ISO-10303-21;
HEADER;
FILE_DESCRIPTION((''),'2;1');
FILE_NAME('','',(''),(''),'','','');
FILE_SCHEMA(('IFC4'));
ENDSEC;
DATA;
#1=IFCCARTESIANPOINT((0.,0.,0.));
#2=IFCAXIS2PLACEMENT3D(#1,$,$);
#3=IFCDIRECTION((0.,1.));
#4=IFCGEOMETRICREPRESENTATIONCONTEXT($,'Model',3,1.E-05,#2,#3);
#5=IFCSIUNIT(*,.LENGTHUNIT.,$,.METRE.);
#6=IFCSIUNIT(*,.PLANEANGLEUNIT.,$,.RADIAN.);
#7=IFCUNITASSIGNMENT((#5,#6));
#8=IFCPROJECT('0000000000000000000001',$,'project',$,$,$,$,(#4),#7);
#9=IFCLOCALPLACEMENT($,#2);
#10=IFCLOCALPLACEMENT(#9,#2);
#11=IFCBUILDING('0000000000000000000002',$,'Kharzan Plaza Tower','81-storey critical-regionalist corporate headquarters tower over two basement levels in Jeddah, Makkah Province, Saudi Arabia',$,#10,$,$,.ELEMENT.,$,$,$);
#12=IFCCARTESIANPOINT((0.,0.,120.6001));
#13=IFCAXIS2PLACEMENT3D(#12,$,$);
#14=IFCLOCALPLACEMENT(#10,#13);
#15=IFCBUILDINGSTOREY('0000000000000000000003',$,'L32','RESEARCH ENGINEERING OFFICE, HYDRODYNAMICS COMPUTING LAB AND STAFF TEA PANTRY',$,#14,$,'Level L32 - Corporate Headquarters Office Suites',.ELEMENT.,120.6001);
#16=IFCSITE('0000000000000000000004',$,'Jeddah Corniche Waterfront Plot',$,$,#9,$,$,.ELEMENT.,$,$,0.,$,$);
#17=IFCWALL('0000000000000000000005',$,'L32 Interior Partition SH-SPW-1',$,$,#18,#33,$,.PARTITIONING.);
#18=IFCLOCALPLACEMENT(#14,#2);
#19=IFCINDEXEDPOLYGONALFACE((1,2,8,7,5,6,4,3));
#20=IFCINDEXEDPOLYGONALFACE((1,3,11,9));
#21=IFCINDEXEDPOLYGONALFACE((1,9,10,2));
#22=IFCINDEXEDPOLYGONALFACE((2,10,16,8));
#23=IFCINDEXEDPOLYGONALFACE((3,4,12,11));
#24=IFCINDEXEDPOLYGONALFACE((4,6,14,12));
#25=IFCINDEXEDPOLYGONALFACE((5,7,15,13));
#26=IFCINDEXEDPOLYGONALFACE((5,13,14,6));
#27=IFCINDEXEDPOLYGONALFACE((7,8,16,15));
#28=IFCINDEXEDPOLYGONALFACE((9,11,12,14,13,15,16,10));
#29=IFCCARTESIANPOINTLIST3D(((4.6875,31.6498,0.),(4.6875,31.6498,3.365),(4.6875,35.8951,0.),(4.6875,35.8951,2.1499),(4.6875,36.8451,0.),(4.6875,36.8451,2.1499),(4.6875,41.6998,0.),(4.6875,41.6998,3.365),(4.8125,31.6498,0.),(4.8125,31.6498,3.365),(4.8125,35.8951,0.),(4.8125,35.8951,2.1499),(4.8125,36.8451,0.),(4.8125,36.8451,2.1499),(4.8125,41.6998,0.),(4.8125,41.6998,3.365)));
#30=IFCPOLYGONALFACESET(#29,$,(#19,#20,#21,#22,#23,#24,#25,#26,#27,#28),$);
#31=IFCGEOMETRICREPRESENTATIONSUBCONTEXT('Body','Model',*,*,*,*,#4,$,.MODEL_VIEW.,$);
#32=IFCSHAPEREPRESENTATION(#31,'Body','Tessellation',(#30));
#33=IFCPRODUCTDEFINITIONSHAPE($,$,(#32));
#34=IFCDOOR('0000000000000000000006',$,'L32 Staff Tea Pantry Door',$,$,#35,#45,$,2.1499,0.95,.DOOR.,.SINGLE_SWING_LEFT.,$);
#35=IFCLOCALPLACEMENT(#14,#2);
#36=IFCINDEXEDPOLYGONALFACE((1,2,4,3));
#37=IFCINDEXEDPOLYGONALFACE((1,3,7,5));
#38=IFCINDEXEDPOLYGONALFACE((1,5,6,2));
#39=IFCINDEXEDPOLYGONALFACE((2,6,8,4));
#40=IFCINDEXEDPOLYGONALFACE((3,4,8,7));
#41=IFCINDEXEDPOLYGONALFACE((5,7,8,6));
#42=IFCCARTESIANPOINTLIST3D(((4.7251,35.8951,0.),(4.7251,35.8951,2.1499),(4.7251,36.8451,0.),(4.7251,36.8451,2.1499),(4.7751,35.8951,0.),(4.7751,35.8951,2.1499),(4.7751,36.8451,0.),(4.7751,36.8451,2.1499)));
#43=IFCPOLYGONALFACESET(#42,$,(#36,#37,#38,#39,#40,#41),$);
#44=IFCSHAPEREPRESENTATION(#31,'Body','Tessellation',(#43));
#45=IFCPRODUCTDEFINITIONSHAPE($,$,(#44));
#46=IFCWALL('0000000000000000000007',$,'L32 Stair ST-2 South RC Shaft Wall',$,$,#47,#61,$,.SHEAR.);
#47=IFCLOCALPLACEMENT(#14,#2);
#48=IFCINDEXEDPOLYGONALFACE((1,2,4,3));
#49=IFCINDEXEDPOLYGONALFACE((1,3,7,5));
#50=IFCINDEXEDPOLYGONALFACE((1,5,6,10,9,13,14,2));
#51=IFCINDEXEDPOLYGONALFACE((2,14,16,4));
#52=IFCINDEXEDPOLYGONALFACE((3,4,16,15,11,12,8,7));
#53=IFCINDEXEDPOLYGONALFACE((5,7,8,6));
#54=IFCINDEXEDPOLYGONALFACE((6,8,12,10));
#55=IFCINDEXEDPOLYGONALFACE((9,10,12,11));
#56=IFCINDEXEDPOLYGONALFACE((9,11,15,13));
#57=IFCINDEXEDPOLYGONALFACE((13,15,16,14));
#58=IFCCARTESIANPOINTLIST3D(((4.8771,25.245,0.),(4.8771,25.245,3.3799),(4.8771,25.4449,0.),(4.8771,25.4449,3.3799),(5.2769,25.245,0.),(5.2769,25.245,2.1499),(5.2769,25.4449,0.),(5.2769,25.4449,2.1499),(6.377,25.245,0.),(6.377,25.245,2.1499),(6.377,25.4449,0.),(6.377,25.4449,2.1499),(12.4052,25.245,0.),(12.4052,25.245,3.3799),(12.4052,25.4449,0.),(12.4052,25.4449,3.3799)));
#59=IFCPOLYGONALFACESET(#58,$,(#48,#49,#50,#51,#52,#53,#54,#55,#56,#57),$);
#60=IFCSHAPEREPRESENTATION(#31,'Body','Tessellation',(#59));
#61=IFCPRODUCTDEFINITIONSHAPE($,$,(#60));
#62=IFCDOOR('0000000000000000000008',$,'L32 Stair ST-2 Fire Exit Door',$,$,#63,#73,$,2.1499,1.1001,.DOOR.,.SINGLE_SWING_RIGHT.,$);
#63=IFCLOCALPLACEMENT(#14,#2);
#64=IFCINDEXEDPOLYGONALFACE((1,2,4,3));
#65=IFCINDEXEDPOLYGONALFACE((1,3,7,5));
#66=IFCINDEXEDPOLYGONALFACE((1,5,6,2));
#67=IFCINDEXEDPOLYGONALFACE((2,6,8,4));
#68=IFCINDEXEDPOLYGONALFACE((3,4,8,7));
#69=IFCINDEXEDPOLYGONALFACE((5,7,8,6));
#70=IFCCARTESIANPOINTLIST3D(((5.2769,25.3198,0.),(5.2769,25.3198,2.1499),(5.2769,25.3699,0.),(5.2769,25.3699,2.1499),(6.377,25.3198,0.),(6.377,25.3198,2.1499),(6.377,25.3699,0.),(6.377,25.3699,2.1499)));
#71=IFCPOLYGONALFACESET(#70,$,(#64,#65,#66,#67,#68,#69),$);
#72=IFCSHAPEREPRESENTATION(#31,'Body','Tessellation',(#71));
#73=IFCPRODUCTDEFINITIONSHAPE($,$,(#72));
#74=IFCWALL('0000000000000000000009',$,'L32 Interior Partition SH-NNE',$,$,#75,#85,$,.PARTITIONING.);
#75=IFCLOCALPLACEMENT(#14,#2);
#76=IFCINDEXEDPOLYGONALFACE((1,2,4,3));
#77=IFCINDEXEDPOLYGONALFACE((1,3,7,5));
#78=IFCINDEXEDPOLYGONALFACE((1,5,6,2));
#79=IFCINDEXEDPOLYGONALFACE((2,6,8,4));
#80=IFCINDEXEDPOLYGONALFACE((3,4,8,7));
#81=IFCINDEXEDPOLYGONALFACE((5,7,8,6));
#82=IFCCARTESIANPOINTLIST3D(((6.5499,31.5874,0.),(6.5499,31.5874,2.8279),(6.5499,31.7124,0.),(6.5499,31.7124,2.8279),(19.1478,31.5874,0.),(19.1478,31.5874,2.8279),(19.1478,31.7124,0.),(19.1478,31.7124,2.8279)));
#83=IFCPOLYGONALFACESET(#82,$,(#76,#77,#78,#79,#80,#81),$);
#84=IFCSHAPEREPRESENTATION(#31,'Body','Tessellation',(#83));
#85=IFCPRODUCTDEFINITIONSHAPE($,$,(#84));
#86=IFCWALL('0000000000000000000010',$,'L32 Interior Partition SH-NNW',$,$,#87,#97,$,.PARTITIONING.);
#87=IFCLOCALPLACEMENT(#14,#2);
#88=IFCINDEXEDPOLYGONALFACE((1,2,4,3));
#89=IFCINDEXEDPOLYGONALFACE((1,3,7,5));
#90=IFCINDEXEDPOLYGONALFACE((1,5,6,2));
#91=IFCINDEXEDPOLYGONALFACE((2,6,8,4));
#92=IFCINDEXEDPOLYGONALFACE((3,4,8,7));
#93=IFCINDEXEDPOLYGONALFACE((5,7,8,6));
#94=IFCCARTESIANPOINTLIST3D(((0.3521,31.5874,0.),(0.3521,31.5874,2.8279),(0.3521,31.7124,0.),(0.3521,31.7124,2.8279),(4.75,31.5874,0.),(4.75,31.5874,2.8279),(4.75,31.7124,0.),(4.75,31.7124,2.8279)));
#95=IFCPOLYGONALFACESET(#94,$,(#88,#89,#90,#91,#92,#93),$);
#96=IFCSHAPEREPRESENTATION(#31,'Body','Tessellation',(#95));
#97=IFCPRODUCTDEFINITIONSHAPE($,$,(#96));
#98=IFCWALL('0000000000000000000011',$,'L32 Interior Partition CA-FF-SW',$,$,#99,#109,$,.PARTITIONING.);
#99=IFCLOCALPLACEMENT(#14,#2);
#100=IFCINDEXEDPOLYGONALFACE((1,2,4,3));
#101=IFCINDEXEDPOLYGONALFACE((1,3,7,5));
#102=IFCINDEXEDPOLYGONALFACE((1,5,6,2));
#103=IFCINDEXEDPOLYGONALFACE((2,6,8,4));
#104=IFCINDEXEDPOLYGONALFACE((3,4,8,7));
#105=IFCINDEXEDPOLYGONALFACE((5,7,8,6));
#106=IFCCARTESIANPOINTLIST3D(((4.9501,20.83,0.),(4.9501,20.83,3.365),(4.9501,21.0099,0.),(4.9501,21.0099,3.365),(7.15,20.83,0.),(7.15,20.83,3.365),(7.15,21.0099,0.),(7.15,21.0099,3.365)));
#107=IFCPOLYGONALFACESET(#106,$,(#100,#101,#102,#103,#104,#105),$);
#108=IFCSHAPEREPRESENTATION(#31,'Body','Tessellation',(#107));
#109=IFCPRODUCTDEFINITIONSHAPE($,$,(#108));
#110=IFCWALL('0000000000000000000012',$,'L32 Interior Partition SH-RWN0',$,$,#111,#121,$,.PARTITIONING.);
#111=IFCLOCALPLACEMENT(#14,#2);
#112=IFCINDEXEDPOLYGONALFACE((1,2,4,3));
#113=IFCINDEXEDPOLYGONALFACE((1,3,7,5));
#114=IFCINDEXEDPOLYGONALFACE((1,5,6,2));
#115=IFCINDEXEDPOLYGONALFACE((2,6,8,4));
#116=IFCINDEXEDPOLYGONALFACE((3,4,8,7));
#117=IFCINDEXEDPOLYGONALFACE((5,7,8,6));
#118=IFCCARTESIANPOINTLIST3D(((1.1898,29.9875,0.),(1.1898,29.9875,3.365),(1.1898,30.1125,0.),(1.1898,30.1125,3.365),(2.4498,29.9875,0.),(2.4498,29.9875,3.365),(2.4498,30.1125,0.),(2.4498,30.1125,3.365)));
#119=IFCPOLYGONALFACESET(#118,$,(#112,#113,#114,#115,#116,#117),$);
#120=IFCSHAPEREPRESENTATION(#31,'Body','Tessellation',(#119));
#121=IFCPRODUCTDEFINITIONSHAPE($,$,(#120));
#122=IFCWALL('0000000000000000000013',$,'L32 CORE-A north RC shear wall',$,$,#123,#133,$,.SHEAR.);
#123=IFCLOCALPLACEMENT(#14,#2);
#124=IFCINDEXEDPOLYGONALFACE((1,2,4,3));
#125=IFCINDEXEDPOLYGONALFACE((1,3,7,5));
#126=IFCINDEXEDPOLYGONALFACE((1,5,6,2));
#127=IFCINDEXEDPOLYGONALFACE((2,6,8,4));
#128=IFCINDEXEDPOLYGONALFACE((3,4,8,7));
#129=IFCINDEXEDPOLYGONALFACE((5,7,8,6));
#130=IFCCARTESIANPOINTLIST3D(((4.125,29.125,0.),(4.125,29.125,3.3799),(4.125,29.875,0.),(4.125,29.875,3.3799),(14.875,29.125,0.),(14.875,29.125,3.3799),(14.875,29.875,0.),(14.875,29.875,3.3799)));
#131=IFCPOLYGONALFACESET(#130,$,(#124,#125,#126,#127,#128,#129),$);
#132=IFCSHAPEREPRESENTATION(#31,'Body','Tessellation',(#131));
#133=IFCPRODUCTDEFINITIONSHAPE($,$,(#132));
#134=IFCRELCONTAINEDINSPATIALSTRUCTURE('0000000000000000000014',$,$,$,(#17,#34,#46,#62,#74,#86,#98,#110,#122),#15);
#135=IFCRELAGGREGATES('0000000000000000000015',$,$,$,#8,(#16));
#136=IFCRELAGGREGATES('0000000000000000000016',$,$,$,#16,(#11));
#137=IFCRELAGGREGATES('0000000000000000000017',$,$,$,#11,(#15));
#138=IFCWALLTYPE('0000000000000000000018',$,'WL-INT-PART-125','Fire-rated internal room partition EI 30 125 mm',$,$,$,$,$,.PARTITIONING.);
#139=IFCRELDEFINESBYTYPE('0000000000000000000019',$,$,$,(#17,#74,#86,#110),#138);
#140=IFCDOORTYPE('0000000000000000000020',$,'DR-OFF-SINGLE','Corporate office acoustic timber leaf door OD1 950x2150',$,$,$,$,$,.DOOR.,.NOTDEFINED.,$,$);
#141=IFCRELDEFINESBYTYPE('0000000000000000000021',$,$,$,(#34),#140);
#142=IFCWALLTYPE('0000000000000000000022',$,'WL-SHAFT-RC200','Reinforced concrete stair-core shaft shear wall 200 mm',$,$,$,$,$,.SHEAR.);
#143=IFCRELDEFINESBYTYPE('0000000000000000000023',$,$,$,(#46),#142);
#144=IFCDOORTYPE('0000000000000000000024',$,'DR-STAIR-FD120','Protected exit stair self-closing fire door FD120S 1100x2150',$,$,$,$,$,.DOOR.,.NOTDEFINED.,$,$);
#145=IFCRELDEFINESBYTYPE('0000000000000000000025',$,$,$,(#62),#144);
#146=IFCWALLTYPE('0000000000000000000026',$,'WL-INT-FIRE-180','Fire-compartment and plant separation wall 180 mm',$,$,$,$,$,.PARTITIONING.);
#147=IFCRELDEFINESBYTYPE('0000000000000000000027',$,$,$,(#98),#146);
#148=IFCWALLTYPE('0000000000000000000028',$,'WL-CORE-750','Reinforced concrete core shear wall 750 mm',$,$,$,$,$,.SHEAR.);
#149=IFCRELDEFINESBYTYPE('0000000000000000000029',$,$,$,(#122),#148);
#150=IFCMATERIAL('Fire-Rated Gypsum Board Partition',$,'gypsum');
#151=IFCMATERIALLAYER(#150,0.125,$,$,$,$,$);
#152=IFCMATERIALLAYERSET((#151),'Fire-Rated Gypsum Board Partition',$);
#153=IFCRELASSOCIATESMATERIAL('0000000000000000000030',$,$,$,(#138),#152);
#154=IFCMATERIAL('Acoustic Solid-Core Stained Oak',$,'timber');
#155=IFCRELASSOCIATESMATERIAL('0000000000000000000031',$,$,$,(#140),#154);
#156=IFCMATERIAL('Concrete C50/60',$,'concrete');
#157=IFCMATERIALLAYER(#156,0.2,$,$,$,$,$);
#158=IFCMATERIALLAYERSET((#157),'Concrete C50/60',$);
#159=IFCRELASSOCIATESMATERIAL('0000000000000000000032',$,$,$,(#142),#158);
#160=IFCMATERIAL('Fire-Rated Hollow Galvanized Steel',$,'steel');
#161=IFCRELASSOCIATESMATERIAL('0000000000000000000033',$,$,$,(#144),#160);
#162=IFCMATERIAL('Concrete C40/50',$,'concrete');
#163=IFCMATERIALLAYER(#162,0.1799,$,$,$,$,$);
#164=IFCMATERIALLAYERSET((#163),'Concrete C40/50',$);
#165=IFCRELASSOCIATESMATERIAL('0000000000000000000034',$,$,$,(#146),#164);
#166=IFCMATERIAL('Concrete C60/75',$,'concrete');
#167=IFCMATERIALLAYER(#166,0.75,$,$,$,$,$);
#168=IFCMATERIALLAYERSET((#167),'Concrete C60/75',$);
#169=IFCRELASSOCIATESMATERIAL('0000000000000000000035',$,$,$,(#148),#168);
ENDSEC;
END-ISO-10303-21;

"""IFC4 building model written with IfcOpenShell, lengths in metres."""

from ifc_helpers import new_model, si_unit, direction, frame, frame_2d, origin, place, context, subcontext, project, spatial, rectangle, extrude, source, transform, mapped, material, layer, layer_set, type_object, element, fill, save


model = new_model("IFC4")

# Units and contexts
model_context = context("Model", 3, precision=1e-05, world=origin(), true_north=direction((0.0, 1.0)))
body_context = subcontext(model_context, "Body", "Model", "MODEL_VIEW")
ifc_project = project(units=[si_unit("LENGTHUNIT", "METRE"), si_unit("PLANEANGLEUNIT", "RADIAN")], contexts=[model_context])

# Site, building, storey
site_placement = place(None, origin())
site = spatial("IfcSite", under=ifc_project, at=site_placement, Name="Jeddah Corniche Waterfront Plot", CompositionType="ELEMENT", RefElevation=0.0)
building_placement = place(site_placement, origin())
building = spatial("IfcBuilding", under=site, at=building_placement, Name="Kharzan Plaza Tower", Description="81-storey critical-regionalist corporate headquarters tower over two basement levels in Jeddah, Makkah Province, Saudi Arabia", CompositionType="ELEMENT")
storey_placement = place(building_placement, frame((0.0, 0.0, 120.6001)))
storey = spatial("IfcBuildingStorey", under=building, at=storey_placement, Name="L32", Description="RESEARCH ENGINEERING OFFICE, HYDRODYNAMICS COMPUTING LAB AND STAFF TEA PANTRY", LongName="Level L32 - Corporate Headquarters Office Suites", CompositionType="ELEMENT", Elevation=120.6001)

# Shared definitions
ifc_material_1 = material(Name="Concrete C60/75", Category="concrete")

# Shared definitions
ifc_material_2 = material(Name="Concrete C40/50", Category="concrete")

# Walls, openings, doors
ifc_material_3 = material(Name="Fire-Rated Gypsum Board Partition", Category="gypsum")
ifc_layer_1 = layer(ifc_material_3, 0.125)
ifc_layer_set_1 = layer_set([ifc_layer_1], Name="Fire-Rated Gypsum Board Partition")
wall_type_1 = type_object("IfcWallType", Name="WL-INT-PART-125", Description="Fire-rated internal room partition EI 30 125 mm", PredefinedType="PARTITIONING", material=ifc_layer_set_1)
ifc_material_4 = material(Name="Acoustic Solid-Core Stained Oak", Category="timber")
door_type_1 = type_object("IfcDoorType", Name="DR-OFF-SINGLE", Description="Corporate office acoustic timber leaf door OD1 950x2150", OperationType="NOTDEFINED", PredefinedType="DOOR", material=ifc_material_4)
shared_shape_1 = source(origin(), body_context, "Body", "SweptSolid", [
    extrude(rectangle(XDim=0.95, YDim=2.1499, at=frame_2d((0.4751, 1.075))), frame((0.0, 0.0249, 0.0), z_axis=(0.0, -1.0, 0.0), x_axis=(1.0, 0.0, 0.0)), (0.0, 0.0, 1.0), 0.05),
])
wall_1_placement = place(storey_placement, frame((4.75, 31.6499, 0.0), z_axis=(0.0, 0.0, 1.0), x_axis=(0.0, 1.0, 0.0)))
wall_1 = element("IfcWall", 1, at=wall_1_placement, inside=storey, type_object=wall_type_1, Name="L32 Interior Partition SH-SPW-1", PredefinedType="PARTITIONING", context=body_context, shape_type="SweptSolid", body=[
    extrude(rectangle(XDim=10.05, YDim=0.125, at=frame_2d((5.0249, 0.0))), origin(), (0.0, 0.0, 1.0), 3.365),
])
opening_1_placement = place(wall_1_placement, frame((4.2451, 0.0, 0.0)))
opening_1 = element("IfcOpeningElement", 2, at=opening_1_placement, cuts=wall_1, PredefinedType="OPENING", context=body_context, shape_type="SweptSolid", body=[
    extrude(rectangle(XDim=0.95, YDim=2.1499, at=frame_2d((0.4751, 1.075))), frame((0.0, 0.0725, 0.0), z_axis=(0.0, -1.0, 0.0), x_axis=(1.0, 0.0, 0.0)), (0.0, 0.0, 1.0), 0.145),
])
door_1_placement = place(opening_1_placement, origin())
door_1 = element("IfcDoor", 3, at=door_1_placement, inside=storey, type_object=door_type_1, Name="L32 Staff Tea Pantry Door", OperationType="SINGLE_SWING_LEFT", OverallHeight=2.1499, OverallWidth=0.95, PredefinedType="DOOR", context=body_context, shape_type="MappedRepresentation", body=[
    mapped(shared_shape_1, transform((0.0, 0.0, 0.0), x_axis=(1.0, 0.0, 0.0), y_axis=(0.0, 1.0, 0.0), z_axis=(0.0, 0.0, 1.0))),
])
fill(opening_1, door_1)
ifc_material_5 = material(Name="Concrete C50/60", Category="concrete")
ifc_layer_2 = layer(ifc_material_5, 0.2)
ifc_layer_set_2 = layer_set([ifc_layer_2], Name="Concrete C50/60")
wall_type_2 = type_object("IfcWallType", Name="WL-SHAFT-RC200", Description="Reinforced concrete stair-core shaft shear wall 200 mm", PredefinedType="SHEAR", material=ifc_layer_set_2)
wall_2_placement = place(storey_placement, frame((4.877, 25.345, 0.0), z_axis=(0.0, 0.0, 1.0), x_axis=(1.0, 0.0, 0.0)))
wall_2 = element("IfcWall", 4, at=wall_2_placement, inside=storey, type_object=wall_type_2, Name="L32 Stair ST-2 South RC Shaft Wall", PredefinedType="SHEAR", context=body_context, shape_type="SweptSolid", body=[
    extrude(rectangle(XDim=7.5281, YDim=0.2, at=frame_2d((3.7642, 0.0))), origin(), (0.0, 0.0, 1.0), 3.3799),
])
opening_2_placement = place(wall_2_placement, frame((0.3999, 0.0, 0.0)))
opening_2 = element("IfcOpeningElement", 5, at=opening_2_placement, cuts=wall_2, PredefinedType="OPENING", context=body_context, shape_type="SweptSolid", body=[
    extrude(rectangle(XDim=1.1001, YDim=2.1499, at=frame_2d((0.55, 1.075))), frame((0.0, 0.1099, 0.0), z_axis=(0.0, -1.0, 0.0), x_axis=(1.0, 0.0, 0.0)), (0.0, 0.0, 1.0), 0.22),
])
ifc_material_6 = material(Name="Fire-Rated Hollow Galvanized Steel", Category="steel")
door_type_2 = type_object("IfcDoorType", Name="DR-STAIR-FD120", Description="Protected exit stair self-closing fire door FD120S 1100x2150", OperationType="NOTDEFINED", PredefinedType="DOOR", material=ifc_material_6)
shared_shape_2 = source(origin(), body_context, "Body", "SweptSolid", [
    extrude(rectangle(XDim=1.1001, YDim=2.1499, at=frame_2d((0.55, 1.075))), frame((0.0, 0.0249, 0.0), z_axis=(0.0, -1.0, 0.0), x_axis=(1.0, 0.0, 0.0)), (0.0, 0.0, 1.0), 0.05),
])
door_2_placement = place(opening_2_placement, origin())
door_2 = element("IfcDoor", 6, at=door_2_placement, inside=storey, type_object=door_type_2, Name="L32 Stair ST-2 Fire Exit Door", OperationType="SINGLE_SWING_RIGHT", OverallHeight=2.1499, OverallWidth=1.1001, PredefinedType="DOOR", context=body_context, shape_type="MappedRepresentation", body=[
    mapped(shared_shape_2, transform((0.0, 0.0, 0.0), x_axis=(1.0, 0.0, 0.0), y_axis=(0.0, 1.0, 0.0), z_axis=(0.0, 0.0, 1.0))),
])
fill(opening_2, door_2)

# Walls
shared_shape_3 = source(origin(), body_context, "Body", "SweptSolid", [
    extrude(rectangle(XDim=12.5979, YDim=0.125, at=frame_2d((6.2988, 0.0))), origin(), (0.0, 0.0, 1.0), 2.8279),
])
wall_3_placement = place(storey_placement, frame((6.55, 31.6499, 0.0), z_axis=(0.0, 0.0, 1.0), x_axis=(1.0, 0.0, 0.0)))
element("IfcWall", 7, at=wall_3_placement, inside=storey, type_object=wall_type_1, Name="L32 Interior Partition SH-NNE", PredefinedType="PARTITIONING", context=body_context, shape_type="MappedRepresentation", body=[
    mapped(shared_shape_3, transform((0.0, 0.0, 0.0), x_axis=(1.0, 0.0, 0.0), y_axis=(0.0, 1.0, 0.0), z_axis=(0.0, 0.0, 1.0))),
])
shared_shape_4 = source(origin(), body_context, "Body", "SweptSolid", [
    extrude(rectangle(XDim=4.3979, YDim=0.125, at=frame_2d((2.199, 0.0))), origin(), (0.0, 0.0, 1.0), 2.8279),
])
wall_4_placement = place(storey_placement, frame((0.3521, 31.6499, 0.0), z_axis=(0.0, 0.0, 1.0), x_axis=(1.0, 0.0, 0.0)))
element("IfcWall", 8, at=wall_4_placement, inside=storey, type_object=wall_type_1, Name="L32 Interior Partition SH-NNW", PredefinedType="PARTITIONING", context=body_context, shape_type="MappedRepresentation", body=[
    mapped(shared_shape_4, transform((0.0, 0.0, 0.0), x_axis=(1.0, 0.0, 0.0), y_axis=(0.0, 1.0, 0.0), z_axis=(0.0, 0.0, 1.0))),
])
ifc_layer_3 = layer(ifc_material_2, 0.1799)
ifc_layer_set_3 = layer_set([ifc_layer_3], Name="Concrete C40/50")
wall_type_3 = type_object("IfcWallType", Name="WL-INT-FIRE-180", Description="Fire-compartment and plant separation wall 180 mm", PredefinedType="PARTITIONING", material=ifc_layer_set_3)
shared_shape_5 = source(origin(), body_context, "Body", "SweptSolid", [
    extrude(rectangle(XDim=2.2, YDim=0.1799, at=frame_2d((1.1001, 0.0))), origin(), (0.0, 0.0, 1.0), 3.365),
])
wall_5_placement = place(storey_placement, frame((4.95, 20.9199, 0.0), z_axis=(0.0, 0.0, 1.0), x_axis=(1.0, 0.0, 0.0)))
element("IfcWall", 9, at=wall_5_placement, inside=storey, type_object=wall_type_3, Name="L32 Interior Partition CA-FF-SW", PredefinedType="PARTITIONING", context=body_context, shape_type="MappedRepresentation", body=[
    mapped(shared_shape_5, transform((0.0, 0.0, 0.0), x_axis=(1.0, 0.0, 0.0), y_axis=(0.0, 1.0, 0.0), z_axis=(0.0, 0.0, 1.0))),
])
shared_shape_6 = source(origin(), body_context, "Body", "SweptSolid", [
    extrude(rectangle(XDim=1.26, YDim=0.125, at=frame_2d((0.6299, 0.0))), origin(), (0.0, 0.0, 1.0), 3.365),
])
wall_6_placement = place(storey_placement, frame((1.1899, 30.05, 0.0), z_axis=(0.0, 0.0, 1.0), x_axis=(1.0, 0.0, 0.0)))
element("IfcWall", 10, at=wall_6_placement, inside=storey, type_object=wall_type_1, Name="L32 Interior Partition SH-RWN0", PredefinedType="PARTITIONING", context=body_context, shape_type="MappedRepresentation", body=[
    mapped(shared_shape_6, transform((0.0, 0.0, 0.0), x_axis=(1.0, 0.0, 0.0), y_axis=(0.0, 1.0, 0.0), z_axis=(0.0, 0.0, 1.0))),
])
ifc_layer_4 = layer(ifc_material_1, 0.75)
ifc_layer_set_4 = layer_set([ifc_layer_4], Name="Concrete C60/75")
wall_type_4 = type_object("IfcWallType", Name="WL-CORE-750", Description="Reinforced concrete core shear wall 750 mm", PredefinedType="SHEAR", material=ifc_layer_set_4)
shared_shape_7 = source(origin(), body_context, "Body", "SweptSolid", [
    extrude(rectangle(XDim=10.75, YDim=0.75, at=frame_2d((5.375, 0.0))), origin(), (0.0, 0.0, 1.0), 3.3799),
])
wall_7_placement = place(storey_placement, frame((4.125, 29.5, 0.0), z_axis=(0.0, 0.0, 1.0), x_axis=(1.0, 0.0, 0.0)))
element("IfcWall", 11, at=wall_7_placement, inside=storey, type_object=wall_type_4, Name="L32 CORE-A north RC shear wall", PredefinedType="SHEAR", context=body_context, shape_type="MappedRepresentation", body=[
    mapped(shared_shape_7, transform((0.0, 0.0, 0.0), x_axis=(1.0, 0.0, 0.0), y_axis=(0.0, 1.0, 0.0), z_axis=(0.0, 0.0, 1.0))),
])

save(model, "model.ifc")
